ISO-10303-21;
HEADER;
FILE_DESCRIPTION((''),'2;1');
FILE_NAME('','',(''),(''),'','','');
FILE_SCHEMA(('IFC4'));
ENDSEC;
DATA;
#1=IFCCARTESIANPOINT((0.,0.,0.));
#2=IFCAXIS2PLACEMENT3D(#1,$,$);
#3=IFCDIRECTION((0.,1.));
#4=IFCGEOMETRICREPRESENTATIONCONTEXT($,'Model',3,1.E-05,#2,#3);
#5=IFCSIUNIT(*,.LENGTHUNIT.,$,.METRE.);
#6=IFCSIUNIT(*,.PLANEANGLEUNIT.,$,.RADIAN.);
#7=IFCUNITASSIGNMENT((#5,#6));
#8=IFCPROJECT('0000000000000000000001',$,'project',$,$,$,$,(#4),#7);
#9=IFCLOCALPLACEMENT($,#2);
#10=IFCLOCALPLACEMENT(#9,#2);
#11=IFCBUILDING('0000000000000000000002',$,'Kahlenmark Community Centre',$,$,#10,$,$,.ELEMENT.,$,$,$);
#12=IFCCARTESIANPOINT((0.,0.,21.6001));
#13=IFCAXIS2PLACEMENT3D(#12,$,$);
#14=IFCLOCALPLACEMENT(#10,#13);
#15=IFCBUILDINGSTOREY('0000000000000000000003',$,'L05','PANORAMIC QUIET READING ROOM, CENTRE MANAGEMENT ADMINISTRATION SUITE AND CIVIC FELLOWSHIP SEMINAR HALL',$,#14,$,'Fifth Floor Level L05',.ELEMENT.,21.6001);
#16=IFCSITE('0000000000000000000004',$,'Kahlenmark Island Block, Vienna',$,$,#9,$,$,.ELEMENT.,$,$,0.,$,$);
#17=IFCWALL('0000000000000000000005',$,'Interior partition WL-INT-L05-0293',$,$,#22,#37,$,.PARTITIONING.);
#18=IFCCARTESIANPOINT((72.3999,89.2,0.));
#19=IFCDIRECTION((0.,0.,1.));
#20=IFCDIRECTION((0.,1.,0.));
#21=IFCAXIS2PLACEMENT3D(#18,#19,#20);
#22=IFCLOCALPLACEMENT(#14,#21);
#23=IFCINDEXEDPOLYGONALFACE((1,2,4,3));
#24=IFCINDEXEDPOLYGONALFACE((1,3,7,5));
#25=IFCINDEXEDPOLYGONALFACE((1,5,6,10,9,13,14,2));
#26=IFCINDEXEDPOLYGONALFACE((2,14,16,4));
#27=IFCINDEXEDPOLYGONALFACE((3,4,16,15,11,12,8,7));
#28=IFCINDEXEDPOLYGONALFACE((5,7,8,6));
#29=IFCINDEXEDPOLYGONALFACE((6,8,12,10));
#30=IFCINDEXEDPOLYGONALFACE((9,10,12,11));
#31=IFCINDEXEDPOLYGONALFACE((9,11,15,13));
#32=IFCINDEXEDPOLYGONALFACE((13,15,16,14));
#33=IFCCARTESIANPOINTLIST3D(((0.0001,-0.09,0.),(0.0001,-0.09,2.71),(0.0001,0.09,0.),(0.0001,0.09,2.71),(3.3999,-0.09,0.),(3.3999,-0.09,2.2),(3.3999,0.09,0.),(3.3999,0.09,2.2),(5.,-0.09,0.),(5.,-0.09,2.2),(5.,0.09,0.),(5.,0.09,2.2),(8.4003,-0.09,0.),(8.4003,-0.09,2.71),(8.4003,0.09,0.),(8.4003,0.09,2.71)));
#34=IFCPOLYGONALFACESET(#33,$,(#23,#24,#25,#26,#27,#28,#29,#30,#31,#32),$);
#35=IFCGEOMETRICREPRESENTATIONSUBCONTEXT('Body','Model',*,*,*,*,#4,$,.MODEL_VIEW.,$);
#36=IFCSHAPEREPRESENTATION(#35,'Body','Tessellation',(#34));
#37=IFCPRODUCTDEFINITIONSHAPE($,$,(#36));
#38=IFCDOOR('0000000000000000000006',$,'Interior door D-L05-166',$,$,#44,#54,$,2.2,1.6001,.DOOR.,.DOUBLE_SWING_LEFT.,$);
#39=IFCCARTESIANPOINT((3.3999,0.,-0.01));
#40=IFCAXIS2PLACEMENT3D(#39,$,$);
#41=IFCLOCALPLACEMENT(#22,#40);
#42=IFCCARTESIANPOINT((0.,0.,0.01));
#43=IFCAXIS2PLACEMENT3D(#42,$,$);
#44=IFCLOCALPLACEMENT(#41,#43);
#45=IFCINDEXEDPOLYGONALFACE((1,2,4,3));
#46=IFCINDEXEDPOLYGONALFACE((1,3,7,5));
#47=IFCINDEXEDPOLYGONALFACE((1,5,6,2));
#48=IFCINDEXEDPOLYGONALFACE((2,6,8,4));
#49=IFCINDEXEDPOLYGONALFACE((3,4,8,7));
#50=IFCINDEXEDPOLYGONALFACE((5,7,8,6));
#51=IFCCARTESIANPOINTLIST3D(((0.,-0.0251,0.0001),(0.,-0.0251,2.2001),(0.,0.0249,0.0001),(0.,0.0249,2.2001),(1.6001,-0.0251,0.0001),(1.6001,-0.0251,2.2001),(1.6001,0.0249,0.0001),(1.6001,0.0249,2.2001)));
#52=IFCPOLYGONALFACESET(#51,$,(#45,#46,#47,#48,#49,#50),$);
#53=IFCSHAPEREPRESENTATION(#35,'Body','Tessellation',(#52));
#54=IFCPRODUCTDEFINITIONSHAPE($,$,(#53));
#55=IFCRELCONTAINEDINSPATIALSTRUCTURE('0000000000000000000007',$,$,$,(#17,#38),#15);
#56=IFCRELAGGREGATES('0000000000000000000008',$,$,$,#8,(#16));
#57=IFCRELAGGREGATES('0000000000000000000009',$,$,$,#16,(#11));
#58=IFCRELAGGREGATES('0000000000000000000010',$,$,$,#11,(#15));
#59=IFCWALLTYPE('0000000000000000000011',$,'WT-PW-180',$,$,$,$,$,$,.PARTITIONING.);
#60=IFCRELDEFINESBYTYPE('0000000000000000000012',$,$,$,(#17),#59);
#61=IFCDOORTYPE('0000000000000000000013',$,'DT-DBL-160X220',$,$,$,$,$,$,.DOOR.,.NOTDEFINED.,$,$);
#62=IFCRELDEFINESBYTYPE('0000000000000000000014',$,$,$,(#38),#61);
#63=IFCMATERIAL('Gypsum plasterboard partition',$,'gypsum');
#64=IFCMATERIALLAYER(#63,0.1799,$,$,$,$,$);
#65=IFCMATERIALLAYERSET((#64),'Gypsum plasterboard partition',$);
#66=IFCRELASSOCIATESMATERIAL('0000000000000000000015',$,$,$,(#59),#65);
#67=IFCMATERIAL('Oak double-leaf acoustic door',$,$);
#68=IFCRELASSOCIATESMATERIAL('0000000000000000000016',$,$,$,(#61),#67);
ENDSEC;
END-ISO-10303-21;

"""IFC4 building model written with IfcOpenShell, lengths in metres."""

from ifc_helpers import new_model, si_unit, direction, frame, frame_2d, origin, place, context, subcontext, project, spatial, rectangle, extrude, material, layer, layer_set, type_object, element, fill, save


model = new_model("IFC4")

# Units and contexts
model_context = context("Model", 3, precision=1e-05, world=origin(), true_north=direction((0.0, 1.0)))
body_context = subcontext(model_context, "Body", "Model", "MODEL_VIEW")
ifc_project = project(units=[si_unit("LENGTHUNIT", "METRE"), si_unit("PLANEANGLEUNIT", "RADIAN")], contexts=[model_context])

# Site, building, storey
site_placement = place(None, origin())
site = spatial("IfcSite", under=ifc_project, at=site_placement, Name="Kahlenmark Island Block, Vienna", CompositionType="ELEMENT", RefElevation=0.0)
building_placement = place(site_placement, origin())
building = spatial("IfcBuilding", under=site, at=building_placement, Name="Kahlenmark Community Centre", CompositionType="ELEMENT")
storey_placement = place(building_placement, frame((0.0, 0.0, 21.6001)))
storey = spatial("IfcBuildingStorey", under=building, at=storey_placement, Name="L05", Description="PANORAMIC QUIET READING ROOM, CENTRE MANAGEMENT ADMINISTRATION SUITE AND CIVIC FELLOWSHIP SEMINAR HALL", LongName="Fifth Floor Level L05", CompositionType="ELEMENT", Elevation=21.6001)

# Wall, opening, door
ifc_material_1 = material(Name="Gypsum plasterboard partition", Category="gypsum")
ifc_layer_1 = layer(ifc_material_1, 0.1799)
ifc_layer_set_1 = layer_set([ifc_layer_1], Name="Gypsum plasterboard partition")
wall_type_1 = type_object("IfcWallType", Name="WT-PW-180", PredefinedType="PARTITIONING", material=ifc_layer_set_1)
wall_1_placement = place(storey_placement, frame((72.3999, 89.2, 0.0), z_axis=(0.0, 0.0, 1.0), x_axis=(0.0, 1.0, 0.0)))
wall_1 = element("IfcWall", 1, at=wall_1_placement, inside=storey, type_object=wall_type_1, Name="Interior partition WL-INT-L05-0293", PredefinedType="PARTITIONING", context=body_context, shape_type="SweptSolid", body=[
    extrude(rectangle(XDim=8.4001, YDim=0.1799, at=frame_2d((4.2002, 0.0))), origin(), (0.0, 0.0, 1.0), 2.71),
])
opening_1_placement = place(wall_1_placement, frame((3.3999, 0.0, -0.01)))
opening_1 = element("IfcOpeningElement", 2, at=opening_1_placement, cuts=wall_1, PredefinedType="OPENING", context=body_context, shape_type="SweptSolid", body=[
    extrude(rectangle(XDim=1.6001, YDim=2.21, at=frame_2d((0.8, 1.105))), frame((0.0, 0.0999, 0.0), z_axis=(0.0, -1.0, 0.0), x_axis=(1.0, 0.0, 0.0)), (0.0, 0.0, 1.0), 0.2),
])
ifc_material_2 = material(Name="Oak double-leaf acoustic door")
door_type = type_object("IfcDoorType", Name="DT-DBL-160X220", OperationType="NOTDEFINED", PredefinedType="DOOR", material=ifc_material_2)
door_placement = place(opening_1_placement, frame((0.0, 0.0, 0.01)))
door = element("IfcDoor", 3, at=door_placement, inside=storey, type_object=door_type, Name="Interior door D-L05-166", OperationType="DOUBLE_SWING_LEFT", OverallHeight=2.2, OverallWidth=1.6001, PredefinedType="DOOR", context=body_context, shape_type="SweptSolid", body=[
    extrude(rectangle(XDim=1.6001, YDim=2.2, at=frame_2d((0.8, 1.1001))), frame((0.0, 0.0249, 0.0), z_axis=(0.0, -1.0, 0.0), x_axis=(1.0, 0.0, 0.0)), (0.0, 0.0, 1.0), 0.05),
])
fill(opening_1, door)

save(model, "model.ifc")
